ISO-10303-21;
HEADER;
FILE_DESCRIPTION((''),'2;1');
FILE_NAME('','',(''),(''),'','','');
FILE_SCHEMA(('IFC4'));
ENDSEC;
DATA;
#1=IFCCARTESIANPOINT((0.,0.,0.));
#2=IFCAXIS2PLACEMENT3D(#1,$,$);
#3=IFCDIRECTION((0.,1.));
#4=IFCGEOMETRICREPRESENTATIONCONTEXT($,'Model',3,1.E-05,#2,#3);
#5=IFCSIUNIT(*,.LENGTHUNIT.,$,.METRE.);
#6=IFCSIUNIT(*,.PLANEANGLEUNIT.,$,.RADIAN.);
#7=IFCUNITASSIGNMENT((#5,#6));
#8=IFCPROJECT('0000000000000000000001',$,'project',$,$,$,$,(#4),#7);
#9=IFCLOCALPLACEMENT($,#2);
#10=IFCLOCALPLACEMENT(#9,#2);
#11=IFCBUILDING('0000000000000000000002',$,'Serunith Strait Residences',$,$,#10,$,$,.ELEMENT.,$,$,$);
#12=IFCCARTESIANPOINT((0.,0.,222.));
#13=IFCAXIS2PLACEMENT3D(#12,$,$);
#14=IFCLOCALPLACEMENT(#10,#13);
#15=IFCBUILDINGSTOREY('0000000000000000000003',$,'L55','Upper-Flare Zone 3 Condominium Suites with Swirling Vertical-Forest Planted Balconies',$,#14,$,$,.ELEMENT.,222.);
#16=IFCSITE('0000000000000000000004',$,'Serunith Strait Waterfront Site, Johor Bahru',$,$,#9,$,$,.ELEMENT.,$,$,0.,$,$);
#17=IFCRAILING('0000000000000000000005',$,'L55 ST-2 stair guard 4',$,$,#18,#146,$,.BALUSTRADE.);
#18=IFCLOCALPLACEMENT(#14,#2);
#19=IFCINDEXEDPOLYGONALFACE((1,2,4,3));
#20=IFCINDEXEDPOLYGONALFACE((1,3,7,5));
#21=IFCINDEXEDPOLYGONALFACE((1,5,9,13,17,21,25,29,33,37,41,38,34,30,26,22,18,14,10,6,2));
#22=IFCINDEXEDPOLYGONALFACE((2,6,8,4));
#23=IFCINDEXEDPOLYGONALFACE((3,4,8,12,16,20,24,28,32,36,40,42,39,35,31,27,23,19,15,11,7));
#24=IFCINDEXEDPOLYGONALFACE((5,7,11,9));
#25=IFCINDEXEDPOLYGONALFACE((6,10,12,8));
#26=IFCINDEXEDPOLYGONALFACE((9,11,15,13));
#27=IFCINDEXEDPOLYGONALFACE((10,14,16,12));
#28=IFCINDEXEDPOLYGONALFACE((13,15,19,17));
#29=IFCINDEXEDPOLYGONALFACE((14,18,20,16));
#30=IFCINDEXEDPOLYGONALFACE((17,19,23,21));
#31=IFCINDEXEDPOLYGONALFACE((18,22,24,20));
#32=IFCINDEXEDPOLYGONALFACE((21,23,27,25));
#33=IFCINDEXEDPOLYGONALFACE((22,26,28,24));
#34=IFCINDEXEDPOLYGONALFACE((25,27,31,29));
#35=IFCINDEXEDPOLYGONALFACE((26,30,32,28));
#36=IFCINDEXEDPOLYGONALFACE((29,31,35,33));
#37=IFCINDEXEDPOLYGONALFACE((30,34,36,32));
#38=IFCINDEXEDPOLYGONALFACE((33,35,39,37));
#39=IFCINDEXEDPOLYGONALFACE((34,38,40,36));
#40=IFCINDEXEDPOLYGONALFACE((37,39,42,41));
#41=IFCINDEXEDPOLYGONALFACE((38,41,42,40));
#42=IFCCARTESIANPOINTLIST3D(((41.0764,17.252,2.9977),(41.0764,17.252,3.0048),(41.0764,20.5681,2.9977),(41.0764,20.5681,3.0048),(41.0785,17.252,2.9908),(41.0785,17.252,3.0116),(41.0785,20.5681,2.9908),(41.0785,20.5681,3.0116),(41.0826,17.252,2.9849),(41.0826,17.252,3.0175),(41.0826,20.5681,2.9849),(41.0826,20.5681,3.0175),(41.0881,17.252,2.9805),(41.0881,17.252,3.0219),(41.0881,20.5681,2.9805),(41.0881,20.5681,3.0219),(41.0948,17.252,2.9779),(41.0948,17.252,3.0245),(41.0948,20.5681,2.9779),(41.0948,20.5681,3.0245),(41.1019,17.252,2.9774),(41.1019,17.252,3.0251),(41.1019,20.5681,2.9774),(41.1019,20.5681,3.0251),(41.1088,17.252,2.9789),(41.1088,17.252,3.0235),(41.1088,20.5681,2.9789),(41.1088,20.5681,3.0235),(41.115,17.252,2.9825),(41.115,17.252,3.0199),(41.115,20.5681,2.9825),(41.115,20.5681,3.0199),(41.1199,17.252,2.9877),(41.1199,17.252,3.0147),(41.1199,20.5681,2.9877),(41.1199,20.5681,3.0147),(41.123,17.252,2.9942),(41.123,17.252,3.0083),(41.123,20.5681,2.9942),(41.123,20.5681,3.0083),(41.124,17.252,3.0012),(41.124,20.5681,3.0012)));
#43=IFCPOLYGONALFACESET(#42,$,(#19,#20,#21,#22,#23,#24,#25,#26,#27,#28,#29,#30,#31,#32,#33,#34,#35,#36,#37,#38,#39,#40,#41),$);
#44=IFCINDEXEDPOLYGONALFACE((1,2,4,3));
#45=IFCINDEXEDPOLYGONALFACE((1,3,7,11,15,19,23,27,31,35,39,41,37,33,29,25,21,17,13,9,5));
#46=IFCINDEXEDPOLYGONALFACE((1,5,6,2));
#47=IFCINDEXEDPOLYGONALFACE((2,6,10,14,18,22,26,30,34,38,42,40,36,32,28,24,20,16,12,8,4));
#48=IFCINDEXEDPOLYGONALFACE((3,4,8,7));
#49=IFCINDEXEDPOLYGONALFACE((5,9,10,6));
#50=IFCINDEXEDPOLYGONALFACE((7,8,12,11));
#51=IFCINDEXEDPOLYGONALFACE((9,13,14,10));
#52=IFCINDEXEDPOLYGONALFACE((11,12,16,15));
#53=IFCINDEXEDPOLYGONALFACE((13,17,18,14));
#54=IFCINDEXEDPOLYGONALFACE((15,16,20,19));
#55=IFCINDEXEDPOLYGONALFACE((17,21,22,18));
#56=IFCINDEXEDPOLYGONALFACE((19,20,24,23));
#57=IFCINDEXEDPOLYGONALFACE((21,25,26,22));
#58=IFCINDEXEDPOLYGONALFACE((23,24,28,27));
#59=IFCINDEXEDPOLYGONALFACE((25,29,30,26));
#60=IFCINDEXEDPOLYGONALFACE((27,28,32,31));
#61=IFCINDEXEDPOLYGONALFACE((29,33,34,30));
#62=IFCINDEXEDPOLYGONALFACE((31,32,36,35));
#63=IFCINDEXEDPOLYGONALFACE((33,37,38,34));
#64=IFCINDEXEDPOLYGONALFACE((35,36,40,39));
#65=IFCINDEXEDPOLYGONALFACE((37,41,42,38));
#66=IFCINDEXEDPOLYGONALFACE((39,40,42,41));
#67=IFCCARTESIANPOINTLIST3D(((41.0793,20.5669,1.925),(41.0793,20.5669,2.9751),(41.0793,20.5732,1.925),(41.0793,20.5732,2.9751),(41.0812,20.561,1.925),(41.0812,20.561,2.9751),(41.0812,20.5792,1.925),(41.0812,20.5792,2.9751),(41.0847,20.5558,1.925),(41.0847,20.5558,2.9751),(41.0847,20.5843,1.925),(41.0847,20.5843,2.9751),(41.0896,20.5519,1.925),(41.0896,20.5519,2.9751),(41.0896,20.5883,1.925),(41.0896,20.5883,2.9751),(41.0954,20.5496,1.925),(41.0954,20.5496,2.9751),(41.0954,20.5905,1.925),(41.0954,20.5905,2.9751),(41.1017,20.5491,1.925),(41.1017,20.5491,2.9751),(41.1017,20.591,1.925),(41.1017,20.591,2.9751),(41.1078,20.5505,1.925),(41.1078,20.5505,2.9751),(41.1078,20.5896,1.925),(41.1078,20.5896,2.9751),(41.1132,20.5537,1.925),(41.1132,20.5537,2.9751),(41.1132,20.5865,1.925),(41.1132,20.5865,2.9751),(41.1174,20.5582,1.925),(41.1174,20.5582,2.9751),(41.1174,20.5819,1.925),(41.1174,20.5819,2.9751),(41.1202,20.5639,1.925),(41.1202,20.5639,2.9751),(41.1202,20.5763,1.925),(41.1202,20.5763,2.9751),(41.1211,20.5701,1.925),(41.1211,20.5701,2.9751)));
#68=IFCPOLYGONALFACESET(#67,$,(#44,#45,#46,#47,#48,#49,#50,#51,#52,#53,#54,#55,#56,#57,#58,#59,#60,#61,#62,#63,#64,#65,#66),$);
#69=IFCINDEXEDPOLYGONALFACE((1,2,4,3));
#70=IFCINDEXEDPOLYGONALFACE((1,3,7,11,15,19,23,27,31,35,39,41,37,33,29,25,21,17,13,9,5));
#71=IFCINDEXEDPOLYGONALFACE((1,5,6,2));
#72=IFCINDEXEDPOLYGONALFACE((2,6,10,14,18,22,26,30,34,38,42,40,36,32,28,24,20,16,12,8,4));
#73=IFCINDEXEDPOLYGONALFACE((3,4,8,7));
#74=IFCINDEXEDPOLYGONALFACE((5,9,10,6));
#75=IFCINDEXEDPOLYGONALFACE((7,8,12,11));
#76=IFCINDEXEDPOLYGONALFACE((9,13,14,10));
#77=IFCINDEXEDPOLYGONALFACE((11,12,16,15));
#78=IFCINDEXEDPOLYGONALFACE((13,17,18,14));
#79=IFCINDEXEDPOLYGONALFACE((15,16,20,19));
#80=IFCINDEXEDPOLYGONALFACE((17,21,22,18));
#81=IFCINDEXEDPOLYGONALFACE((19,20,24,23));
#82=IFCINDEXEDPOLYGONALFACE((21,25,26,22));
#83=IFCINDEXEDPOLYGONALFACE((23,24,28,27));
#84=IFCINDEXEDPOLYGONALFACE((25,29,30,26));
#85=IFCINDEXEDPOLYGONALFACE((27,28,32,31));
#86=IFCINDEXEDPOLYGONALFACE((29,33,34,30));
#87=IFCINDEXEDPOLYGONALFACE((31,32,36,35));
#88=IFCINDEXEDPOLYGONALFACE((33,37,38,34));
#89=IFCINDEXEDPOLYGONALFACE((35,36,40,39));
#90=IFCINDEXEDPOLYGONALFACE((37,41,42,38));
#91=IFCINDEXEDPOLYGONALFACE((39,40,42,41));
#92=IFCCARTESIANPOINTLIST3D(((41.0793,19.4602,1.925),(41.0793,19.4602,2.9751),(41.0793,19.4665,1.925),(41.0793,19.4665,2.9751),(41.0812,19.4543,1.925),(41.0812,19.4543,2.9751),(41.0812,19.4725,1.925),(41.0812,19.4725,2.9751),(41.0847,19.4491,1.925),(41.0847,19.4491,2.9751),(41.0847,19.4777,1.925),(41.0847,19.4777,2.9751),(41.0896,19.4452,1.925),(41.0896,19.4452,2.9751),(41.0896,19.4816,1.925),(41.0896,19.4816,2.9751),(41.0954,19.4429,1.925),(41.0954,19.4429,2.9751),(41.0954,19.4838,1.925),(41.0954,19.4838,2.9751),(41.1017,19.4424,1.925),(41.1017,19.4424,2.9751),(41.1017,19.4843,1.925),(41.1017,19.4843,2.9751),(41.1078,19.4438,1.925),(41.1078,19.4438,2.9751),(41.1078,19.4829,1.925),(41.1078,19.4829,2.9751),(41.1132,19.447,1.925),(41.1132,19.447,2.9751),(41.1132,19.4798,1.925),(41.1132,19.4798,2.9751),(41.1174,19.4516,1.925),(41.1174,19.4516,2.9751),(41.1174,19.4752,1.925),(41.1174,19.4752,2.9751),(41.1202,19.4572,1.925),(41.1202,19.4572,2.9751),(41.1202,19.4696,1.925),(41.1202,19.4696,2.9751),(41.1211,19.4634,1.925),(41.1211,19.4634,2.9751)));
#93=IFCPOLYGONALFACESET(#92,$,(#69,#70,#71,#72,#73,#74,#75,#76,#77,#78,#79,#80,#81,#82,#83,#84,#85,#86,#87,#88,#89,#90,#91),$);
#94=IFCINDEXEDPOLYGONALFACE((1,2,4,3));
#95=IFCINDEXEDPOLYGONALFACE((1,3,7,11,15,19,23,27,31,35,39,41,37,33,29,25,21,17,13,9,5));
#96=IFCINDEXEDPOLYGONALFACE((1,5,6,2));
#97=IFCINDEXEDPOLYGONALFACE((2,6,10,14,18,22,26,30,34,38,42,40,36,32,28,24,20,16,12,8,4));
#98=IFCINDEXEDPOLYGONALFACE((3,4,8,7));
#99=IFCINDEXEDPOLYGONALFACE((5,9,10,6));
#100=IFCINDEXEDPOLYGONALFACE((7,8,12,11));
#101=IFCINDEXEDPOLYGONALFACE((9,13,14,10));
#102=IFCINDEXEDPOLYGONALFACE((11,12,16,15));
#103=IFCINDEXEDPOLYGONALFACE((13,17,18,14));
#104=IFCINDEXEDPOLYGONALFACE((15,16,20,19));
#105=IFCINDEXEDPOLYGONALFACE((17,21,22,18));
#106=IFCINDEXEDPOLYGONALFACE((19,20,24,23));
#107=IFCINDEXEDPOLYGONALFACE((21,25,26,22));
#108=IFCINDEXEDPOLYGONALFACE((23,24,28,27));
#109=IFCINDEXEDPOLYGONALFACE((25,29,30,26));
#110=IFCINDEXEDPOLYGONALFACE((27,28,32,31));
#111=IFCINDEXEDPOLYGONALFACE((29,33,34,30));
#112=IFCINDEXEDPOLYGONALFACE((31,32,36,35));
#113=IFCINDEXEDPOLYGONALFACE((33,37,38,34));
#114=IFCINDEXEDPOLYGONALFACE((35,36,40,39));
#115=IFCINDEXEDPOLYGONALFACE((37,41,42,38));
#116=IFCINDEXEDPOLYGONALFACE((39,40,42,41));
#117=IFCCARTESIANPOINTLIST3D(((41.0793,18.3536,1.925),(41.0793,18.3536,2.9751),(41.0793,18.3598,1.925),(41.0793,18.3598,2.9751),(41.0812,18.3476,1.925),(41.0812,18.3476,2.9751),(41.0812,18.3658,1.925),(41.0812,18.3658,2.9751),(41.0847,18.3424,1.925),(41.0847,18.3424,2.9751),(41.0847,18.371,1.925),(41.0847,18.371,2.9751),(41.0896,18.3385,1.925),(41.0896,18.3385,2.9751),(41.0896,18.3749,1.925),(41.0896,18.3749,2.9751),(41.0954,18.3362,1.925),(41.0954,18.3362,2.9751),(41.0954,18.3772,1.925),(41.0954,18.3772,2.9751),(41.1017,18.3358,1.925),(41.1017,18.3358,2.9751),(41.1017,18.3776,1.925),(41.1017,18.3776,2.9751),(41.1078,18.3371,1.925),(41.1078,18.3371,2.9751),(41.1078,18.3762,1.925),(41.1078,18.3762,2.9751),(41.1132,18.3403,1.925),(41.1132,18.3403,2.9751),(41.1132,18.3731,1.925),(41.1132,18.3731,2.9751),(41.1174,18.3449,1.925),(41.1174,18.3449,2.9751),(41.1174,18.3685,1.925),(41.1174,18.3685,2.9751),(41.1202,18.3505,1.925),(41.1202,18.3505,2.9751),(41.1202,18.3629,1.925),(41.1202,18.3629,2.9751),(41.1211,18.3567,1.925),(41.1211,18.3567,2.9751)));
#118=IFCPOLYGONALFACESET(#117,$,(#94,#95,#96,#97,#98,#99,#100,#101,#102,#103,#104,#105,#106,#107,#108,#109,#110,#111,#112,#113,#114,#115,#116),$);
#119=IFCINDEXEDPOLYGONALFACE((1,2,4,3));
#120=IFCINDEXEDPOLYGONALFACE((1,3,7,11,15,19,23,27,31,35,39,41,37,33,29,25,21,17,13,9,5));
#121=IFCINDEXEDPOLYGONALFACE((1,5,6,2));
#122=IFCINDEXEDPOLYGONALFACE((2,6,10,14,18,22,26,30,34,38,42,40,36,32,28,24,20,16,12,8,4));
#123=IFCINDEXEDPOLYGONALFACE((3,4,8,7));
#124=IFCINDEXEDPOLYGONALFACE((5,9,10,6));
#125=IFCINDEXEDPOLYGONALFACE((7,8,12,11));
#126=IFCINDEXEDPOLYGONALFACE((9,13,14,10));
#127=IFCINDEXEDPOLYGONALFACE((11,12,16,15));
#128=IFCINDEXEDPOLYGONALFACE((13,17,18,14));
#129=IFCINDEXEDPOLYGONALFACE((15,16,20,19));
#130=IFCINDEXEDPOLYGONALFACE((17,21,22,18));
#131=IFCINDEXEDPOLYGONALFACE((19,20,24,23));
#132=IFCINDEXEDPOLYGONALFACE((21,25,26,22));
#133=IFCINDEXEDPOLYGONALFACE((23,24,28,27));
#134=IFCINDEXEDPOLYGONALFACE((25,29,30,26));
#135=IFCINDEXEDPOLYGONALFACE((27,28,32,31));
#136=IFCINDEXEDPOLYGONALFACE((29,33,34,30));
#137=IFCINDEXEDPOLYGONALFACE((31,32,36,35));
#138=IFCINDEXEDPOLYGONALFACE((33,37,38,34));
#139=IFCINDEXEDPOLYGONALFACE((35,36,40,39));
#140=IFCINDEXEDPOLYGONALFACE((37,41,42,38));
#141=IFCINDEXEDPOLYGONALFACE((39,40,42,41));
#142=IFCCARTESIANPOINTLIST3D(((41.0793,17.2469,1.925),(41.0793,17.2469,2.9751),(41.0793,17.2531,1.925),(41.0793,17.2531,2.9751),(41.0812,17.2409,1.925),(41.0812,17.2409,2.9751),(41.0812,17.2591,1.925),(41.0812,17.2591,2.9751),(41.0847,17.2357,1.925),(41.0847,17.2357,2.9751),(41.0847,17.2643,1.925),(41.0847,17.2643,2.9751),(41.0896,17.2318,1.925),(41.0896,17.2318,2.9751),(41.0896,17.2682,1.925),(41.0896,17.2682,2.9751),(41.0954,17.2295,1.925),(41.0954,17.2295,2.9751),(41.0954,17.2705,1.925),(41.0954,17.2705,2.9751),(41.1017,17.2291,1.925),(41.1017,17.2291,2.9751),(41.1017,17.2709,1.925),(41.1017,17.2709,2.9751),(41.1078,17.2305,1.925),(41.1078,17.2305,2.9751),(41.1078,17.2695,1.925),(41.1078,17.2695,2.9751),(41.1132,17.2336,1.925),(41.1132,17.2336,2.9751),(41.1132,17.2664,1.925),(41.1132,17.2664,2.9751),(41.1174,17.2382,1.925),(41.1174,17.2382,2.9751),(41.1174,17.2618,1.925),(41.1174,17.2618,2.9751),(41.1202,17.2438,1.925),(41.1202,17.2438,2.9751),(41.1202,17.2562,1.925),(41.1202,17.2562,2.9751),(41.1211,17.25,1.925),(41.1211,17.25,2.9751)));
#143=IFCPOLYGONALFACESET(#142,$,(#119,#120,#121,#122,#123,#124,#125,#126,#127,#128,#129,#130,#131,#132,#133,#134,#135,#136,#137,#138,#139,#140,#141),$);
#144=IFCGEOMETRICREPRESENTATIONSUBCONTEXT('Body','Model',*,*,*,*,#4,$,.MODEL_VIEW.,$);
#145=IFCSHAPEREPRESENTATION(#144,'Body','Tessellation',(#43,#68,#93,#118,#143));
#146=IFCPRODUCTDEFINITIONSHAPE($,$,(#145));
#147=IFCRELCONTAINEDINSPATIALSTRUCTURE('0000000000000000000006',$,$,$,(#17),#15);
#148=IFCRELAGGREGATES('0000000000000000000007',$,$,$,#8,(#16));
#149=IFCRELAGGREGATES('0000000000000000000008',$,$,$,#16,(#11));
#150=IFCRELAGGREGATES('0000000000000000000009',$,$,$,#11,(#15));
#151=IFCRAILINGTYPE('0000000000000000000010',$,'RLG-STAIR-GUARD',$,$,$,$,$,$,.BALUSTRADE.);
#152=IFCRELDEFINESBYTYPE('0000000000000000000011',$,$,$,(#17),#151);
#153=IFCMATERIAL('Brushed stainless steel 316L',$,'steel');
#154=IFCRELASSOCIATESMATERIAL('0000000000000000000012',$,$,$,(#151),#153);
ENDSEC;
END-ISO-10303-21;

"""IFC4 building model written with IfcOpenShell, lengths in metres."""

from ifc_helpers import new_model, si_unit, direction, frame, origin, origin_2d, place, context, subcontext, project, spatial, circle, extrude, material, type_object, element, save


model = new_model("IFC4")

# Units and contexts
model_context = context("Model", 3, precision=1e-05, world=origin(), true_north=direction((0.0, 1.0)))
body_context = subcontext(model_context, "Body", "Model", "MODEL_VIEW")
ifc_project = project(units=[si_unit("LENGTHUNIT", "METRE"), si_unit("PLANEANGLEUNIT", "RADIAN")], contexts=[model_context])

# Site, building, storey
site_placement = place(None, origin())
site = spatial("IfcSite", under=ifc_project, at=site_placement, Name="Serunith Strait Waterfront Site, Johor Bahru", CompositionType="ELEMENT", RefElevation=0.0)
building_placement = place(site_placement, origin())
building = spatial("IfcBuilding", under=site, at=building_placement, Name="Serunith Strait Residences", CompositionType="ELEMENT")
storey_placement = place(building_placement, frame((0.0, 0.0, 222.0)))
storey = spatial("IfcBuildingStorey", under=building, at=storey_placement, Name="L55", Description="Upper-Flare Zone 3 Condominium Suites with Swirling Vertical-Forest Planted Balconies", CompositionType="ELEMENT", Elevation=222.0)

# Railing
ifc_material_1 = material(Name="Brushed stainless steel 316L", Category="steel")
railing_type_1 = type_object("IfcRailingType", Name="RLG-STAIR-GUARD", PredefinedType="BALUSTRADE", material=ifc_material_1)
for number, where, name in (
    (1, (41.1001, 20.5701, 1.925), "L55 ST-2 stair guard 4"),
):
    element("IfcRailing", number, at=place(storey_placement, frame(where)), inside=storey, type_object=railing_type_1, Name=name, PredefinedType="BALUSTRADE", context=body_context, shape_type="SweptSolid", body=[
        extrude(circle(Radius=0.0239, at=origin_2d()), frame((0.0, -0.002, 1.0762), z_axis=(0.0, -1.0, 0.0), x_axis=(1.0, 0.0, 0.0)), (0.0, 0.0, 1.0), 3.3162),
        extrude(circle(Radius=0.021, at=origin_2d()), origin(), (0.0, 0.0, 1.0), 1.05),
        extrude(circle(Radius=0.021, at=origin_2d()), frame((0.0, -1.1067, 0.0)), (0.0, 0.0, 1.0), 1.05),
        extrude(circle(Radius=0.021, at=origin_2d()), frame((0.0, -2.2134, 0.0)), (0.0, 0.0, 1.0), 1.05),
        extrude(circle(Radius=0.021, at=origin_2d()), frame((0.0, -3.3201, 0.0)), (0.0, 0.0, 1.0), 1.05),
    ])

save(model, "model.ifc")
